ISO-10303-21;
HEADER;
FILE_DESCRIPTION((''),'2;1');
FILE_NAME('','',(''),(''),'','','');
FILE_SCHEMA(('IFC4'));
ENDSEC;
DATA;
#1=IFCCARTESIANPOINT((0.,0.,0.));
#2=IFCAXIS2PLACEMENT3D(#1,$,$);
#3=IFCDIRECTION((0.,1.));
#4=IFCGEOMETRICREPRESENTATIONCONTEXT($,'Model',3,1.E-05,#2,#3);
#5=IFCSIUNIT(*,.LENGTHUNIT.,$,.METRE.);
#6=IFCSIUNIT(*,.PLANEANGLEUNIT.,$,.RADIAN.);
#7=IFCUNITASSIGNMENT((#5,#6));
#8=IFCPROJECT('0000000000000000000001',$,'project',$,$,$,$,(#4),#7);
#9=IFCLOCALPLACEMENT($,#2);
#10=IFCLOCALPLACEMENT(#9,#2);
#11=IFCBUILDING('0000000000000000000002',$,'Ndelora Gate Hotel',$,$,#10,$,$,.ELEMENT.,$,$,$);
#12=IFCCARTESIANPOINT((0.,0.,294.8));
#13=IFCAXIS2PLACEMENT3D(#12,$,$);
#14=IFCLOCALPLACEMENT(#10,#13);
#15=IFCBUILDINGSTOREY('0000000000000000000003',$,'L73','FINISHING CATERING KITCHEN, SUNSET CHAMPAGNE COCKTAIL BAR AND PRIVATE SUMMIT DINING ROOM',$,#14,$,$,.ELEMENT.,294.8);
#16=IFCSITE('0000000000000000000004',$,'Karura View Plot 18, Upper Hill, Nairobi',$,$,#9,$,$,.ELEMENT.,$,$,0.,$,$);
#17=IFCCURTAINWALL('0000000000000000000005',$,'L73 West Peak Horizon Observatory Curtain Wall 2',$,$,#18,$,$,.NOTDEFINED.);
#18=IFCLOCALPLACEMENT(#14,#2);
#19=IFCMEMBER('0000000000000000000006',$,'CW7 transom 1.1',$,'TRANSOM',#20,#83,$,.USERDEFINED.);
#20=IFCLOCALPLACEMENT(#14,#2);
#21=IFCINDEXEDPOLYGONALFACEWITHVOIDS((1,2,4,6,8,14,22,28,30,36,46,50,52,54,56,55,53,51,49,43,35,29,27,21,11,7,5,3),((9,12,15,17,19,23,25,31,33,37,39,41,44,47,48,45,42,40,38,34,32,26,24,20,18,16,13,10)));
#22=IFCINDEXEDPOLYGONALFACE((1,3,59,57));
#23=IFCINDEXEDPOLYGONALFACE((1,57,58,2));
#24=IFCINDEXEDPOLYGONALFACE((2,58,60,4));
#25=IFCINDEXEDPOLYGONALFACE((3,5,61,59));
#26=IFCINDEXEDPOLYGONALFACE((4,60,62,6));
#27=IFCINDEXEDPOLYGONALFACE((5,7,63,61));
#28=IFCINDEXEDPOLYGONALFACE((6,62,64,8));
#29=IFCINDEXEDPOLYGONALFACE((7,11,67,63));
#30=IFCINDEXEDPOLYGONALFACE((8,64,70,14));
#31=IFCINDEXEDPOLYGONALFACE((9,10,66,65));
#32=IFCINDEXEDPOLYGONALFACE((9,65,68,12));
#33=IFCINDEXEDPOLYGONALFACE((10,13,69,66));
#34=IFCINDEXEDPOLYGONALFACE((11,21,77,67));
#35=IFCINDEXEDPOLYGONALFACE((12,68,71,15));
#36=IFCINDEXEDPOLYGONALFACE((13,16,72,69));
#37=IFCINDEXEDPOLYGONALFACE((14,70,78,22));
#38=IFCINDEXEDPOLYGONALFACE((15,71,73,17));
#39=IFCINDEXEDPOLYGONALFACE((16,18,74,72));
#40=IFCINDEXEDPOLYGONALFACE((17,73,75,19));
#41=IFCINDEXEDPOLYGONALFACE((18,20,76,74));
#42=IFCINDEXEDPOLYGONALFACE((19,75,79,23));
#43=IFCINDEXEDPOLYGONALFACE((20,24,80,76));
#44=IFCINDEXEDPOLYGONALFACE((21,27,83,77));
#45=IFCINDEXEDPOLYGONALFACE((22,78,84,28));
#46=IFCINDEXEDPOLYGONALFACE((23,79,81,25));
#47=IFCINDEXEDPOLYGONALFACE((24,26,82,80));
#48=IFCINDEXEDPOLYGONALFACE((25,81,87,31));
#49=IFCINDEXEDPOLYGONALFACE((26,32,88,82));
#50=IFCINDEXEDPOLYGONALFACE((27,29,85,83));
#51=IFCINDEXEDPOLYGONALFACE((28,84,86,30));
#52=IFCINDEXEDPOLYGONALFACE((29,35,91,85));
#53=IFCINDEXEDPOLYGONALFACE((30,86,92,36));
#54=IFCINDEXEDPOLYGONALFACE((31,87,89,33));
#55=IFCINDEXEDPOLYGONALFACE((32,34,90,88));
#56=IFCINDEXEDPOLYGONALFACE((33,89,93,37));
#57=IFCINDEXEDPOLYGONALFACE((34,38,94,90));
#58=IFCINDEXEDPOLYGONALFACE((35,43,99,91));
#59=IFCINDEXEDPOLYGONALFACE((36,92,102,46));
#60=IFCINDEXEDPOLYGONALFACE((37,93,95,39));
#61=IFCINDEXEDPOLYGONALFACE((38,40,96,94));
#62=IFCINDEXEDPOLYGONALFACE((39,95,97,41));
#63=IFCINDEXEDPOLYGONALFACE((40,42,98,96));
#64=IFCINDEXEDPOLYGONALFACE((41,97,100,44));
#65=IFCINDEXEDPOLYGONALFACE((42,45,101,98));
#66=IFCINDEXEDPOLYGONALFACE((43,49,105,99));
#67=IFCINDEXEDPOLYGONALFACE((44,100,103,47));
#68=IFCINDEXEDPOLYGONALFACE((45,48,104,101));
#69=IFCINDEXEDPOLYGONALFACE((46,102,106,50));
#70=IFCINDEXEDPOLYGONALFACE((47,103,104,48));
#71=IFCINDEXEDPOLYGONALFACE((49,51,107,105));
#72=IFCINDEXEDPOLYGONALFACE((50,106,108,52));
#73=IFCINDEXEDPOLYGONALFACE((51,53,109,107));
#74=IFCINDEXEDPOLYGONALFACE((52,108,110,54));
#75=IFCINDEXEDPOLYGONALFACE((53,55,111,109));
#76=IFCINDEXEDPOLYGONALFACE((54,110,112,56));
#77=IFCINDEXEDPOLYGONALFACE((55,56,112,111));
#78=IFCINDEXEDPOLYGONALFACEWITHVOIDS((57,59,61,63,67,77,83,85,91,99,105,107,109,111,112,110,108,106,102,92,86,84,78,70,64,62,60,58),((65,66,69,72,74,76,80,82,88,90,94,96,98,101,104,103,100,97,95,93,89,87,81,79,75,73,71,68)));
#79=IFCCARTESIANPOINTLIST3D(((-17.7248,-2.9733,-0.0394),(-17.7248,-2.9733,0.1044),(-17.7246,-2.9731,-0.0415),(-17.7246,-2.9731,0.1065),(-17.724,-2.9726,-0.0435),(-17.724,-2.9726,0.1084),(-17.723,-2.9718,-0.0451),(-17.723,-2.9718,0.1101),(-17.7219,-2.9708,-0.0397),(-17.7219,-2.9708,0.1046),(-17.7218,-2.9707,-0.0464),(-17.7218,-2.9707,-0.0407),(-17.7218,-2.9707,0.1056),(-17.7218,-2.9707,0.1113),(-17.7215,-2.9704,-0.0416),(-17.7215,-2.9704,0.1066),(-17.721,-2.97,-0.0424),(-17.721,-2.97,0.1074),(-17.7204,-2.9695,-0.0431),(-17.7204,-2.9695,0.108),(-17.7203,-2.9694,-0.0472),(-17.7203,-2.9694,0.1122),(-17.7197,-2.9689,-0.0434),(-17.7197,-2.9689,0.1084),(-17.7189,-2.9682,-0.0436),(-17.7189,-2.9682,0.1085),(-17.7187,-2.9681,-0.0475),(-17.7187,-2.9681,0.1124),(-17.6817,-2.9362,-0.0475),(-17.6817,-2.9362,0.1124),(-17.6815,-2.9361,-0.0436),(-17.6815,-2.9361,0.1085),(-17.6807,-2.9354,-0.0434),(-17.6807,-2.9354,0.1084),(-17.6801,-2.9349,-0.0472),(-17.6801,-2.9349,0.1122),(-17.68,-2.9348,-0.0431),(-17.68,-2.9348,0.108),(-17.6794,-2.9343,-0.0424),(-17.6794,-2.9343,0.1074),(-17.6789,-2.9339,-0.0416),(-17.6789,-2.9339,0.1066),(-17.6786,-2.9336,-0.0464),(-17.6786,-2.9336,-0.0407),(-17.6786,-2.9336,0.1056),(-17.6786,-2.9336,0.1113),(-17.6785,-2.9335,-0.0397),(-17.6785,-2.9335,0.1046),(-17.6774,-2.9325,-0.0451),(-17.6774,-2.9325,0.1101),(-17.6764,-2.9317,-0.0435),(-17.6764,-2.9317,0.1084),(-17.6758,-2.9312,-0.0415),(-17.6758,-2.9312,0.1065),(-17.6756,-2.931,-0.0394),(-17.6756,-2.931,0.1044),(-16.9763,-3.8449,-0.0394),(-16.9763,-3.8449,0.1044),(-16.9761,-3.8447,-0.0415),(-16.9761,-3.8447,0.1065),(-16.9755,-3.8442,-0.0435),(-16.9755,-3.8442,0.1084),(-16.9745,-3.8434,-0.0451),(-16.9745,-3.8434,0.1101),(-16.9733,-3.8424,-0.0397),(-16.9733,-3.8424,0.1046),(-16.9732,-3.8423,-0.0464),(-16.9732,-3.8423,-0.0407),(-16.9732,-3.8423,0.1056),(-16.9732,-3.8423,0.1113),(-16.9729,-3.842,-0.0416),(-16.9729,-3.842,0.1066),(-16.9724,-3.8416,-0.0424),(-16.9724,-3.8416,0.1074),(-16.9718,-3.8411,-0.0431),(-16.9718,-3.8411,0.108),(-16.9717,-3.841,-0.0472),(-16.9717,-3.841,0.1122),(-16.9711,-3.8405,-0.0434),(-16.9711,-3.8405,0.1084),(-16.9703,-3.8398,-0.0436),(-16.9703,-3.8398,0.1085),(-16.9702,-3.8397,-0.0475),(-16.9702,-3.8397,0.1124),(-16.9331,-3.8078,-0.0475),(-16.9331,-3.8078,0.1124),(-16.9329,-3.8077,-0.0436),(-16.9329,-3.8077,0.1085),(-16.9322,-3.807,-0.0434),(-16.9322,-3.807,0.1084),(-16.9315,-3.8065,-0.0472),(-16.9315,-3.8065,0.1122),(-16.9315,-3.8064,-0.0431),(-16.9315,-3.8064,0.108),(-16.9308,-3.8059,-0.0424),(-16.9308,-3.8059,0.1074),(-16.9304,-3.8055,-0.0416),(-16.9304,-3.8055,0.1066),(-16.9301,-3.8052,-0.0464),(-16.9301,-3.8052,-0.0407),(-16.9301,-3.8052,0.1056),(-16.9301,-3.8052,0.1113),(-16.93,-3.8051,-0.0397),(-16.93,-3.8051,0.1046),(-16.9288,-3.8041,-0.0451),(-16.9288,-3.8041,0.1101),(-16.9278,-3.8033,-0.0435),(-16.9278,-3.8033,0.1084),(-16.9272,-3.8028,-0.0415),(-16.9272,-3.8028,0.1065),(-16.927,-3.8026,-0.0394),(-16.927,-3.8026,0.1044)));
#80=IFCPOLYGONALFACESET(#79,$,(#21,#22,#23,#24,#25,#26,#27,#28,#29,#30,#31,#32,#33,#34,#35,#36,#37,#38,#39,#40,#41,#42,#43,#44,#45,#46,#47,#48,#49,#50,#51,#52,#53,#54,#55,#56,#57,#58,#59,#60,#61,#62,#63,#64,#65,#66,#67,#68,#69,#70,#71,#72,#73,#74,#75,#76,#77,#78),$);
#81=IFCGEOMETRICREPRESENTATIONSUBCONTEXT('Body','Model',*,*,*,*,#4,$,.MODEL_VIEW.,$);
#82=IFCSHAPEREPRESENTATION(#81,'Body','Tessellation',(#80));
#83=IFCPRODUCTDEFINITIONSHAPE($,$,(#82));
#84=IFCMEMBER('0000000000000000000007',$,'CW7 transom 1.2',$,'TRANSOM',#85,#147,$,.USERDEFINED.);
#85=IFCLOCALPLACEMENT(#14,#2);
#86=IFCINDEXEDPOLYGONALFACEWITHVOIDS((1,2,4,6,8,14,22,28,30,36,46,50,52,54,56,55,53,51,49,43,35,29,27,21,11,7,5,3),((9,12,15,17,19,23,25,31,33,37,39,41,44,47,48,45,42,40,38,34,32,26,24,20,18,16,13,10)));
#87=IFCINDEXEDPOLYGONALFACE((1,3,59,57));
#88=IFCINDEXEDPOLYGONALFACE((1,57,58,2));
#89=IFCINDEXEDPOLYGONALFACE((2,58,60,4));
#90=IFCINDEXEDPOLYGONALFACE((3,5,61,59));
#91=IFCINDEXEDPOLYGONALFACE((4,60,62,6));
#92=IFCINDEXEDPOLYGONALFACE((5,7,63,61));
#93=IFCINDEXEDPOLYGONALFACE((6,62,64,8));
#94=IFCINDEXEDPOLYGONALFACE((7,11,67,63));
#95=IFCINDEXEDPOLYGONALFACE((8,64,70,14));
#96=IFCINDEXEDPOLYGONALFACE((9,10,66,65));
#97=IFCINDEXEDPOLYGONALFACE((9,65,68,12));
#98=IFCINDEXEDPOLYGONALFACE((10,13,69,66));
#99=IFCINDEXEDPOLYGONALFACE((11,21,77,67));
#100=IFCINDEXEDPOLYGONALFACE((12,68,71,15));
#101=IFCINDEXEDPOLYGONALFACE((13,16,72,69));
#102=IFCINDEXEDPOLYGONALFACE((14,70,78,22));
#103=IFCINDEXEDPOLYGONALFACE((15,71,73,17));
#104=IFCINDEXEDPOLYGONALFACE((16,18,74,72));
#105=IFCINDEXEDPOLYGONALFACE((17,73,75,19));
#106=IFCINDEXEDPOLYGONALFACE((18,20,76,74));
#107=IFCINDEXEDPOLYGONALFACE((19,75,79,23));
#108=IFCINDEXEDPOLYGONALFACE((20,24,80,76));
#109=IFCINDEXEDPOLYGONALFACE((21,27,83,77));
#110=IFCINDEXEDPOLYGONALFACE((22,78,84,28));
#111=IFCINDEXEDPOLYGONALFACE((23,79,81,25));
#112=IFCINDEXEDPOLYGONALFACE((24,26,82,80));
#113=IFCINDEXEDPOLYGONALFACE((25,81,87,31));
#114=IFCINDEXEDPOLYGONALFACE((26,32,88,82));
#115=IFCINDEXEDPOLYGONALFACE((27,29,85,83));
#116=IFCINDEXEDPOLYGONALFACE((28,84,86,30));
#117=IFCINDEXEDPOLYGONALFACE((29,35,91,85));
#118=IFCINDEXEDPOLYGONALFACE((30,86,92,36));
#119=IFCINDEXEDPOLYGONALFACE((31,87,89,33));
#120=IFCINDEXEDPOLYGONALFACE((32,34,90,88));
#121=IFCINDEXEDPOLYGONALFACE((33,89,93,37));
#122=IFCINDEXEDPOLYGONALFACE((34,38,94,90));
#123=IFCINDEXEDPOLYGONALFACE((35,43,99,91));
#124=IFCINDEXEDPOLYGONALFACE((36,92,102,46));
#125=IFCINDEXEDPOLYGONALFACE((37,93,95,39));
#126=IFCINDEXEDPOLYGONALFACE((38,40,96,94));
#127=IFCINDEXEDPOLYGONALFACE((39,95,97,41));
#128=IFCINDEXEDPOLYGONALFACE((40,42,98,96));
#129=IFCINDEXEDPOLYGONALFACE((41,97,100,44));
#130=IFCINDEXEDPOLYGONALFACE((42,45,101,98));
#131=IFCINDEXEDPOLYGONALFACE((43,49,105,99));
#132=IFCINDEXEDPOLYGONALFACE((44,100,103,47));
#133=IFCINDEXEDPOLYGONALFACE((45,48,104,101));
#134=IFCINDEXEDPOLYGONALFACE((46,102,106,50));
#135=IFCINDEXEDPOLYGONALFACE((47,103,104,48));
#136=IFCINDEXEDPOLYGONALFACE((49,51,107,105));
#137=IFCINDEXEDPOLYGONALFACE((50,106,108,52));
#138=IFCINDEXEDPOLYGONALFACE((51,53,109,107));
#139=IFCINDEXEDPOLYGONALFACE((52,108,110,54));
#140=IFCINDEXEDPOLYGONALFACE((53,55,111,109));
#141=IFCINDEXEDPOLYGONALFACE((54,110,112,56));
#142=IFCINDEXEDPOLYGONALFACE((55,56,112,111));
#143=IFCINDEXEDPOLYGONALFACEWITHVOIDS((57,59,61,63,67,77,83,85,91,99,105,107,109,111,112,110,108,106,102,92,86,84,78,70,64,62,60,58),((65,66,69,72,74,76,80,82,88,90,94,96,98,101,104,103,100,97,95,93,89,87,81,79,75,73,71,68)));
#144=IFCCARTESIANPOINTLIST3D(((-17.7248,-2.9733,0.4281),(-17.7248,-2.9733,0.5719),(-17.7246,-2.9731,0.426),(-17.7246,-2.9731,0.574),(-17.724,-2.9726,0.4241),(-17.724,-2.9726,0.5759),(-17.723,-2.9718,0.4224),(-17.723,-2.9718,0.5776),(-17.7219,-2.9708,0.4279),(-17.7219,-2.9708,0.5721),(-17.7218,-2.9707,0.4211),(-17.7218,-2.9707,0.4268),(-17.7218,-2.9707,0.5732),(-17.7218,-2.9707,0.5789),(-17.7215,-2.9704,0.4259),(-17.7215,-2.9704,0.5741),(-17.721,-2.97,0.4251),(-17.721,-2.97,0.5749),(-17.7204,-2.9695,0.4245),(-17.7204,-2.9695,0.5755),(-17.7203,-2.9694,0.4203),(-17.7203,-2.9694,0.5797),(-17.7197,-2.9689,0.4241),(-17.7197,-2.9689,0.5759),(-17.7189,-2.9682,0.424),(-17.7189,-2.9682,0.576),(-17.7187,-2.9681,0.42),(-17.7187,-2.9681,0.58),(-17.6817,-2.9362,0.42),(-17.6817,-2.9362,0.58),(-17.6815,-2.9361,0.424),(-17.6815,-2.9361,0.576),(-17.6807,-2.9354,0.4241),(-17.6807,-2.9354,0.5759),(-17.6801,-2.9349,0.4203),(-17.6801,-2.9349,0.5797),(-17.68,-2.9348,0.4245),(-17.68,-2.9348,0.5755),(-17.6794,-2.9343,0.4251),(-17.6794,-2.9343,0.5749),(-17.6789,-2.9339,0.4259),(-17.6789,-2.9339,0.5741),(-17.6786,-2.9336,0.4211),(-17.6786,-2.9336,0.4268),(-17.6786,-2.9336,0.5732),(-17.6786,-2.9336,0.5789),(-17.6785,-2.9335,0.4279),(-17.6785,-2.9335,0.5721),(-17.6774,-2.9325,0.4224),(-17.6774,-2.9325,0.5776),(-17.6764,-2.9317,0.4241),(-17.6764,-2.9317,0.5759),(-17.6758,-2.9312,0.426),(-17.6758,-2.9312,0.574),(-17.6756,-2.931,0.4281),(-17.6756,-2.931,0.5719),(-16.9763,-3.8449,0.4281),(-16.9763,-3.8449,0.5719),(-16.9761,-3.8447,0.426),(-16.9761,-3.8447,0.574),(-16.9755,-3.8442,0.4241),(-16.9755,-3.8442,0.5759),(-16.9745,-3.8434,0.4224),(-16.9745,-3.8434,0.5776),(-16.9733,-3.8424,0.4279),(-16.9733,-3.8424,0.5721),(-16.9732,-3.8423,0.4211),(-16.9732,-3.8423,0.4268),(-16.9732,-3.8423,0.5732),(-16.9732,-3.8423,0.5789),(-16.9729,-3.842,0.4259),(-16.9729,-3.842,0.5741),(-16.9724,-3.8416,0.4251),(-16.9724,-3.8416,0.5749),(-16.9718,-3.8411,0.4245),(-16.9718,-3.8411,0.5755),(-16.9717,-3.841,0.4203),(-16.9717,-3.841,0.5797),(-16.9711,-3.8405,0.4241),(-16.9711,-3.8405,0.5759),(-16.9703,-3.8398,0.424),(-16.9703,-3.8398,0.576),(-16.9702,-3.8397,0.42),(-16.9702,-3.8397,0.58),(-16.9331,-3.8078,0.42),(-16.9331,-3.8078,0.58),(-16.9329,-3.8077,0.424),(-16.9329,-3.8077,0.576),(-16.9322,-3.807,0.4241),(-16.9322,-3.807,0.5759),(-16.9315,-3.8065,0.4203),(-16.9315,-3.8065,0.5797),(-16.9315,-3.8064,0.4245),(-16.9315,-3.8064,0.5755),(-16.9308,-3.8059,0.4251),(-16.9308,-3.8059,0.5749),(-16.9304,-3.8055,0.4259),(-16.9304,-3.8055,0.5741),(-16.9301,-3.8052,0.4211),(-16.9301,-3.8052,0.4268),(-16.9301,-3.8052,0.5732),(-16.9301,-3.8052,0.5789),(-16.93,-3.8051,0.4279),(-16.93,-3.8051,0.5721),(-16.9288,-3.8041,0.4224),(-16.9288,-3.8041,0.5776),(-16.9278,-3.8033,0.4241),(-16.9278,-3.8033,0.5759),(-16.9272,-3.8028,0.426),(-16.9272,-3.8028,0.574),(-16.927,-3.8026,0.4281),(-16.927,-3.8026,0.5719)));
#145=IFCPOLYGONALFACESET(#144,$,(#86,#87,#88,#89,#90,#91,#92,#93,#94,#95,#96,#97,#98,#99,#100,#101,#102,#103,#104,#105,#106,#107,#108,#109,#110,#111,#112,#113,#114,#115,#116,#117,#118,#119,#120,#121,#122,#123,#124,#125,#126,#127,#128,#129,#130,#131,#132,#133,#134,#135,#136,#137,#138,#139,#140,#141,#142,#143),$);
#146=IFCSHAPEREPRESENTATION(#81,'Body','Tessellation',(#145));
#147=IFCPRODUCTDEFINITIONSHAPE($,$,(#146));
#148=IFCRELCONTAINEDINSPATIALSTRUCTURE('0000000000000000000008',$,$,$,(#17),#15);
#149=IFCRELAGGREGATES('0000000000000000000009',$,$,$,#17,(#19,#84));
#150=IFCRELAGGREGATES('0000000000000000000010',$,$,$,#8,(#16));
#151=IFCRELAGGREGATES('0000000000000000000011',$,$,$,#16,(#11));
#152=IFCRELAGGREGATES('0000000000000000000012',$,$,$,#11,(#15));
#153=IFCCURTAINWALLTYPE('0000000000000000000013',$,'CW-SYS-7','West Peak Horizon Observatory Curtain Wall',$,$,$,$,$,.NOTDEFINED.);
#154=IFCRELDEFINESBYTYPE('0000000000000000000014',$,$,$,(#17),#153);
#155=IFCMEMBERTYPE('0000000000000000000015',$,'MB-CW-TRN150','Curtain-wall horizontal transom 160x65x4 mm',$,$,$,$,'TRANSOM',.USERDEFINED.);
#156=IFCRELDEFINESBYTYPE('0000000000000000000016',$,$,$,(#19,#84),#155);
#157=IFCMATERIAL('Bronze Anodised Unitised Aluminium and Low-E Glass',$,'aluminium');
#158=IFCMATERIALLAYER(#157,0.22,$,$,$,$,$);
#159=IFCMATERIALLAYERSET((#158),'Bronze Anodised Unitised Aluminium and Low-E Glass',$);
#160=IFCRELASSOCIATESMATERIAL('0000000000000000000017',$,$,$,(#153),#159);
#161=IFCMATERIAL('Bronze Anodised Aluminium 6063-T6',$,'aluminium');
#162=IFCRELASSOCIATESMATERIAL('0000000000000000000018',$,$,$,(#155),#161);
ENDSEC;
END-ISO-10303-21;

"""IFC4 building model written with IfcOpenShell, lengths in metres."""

from ifc_helpers import new_model, si_unit, direction, frame, origin, origin_2d, place, context, subcontext, project, spatial, hollow_rectangle, extrude, material, layer, layer_set, material_profile, profile_set, type_object, element, aggregate, save


model = new_model("IFC4")

# Units and contexts
model_context = context("Model", 3, precision=1e-05, world=origin(), true_north=direction((0.0, 1.0)))
body_context = subcontext(model_context, "Body", "Model", "MODEL_VIEW")
ifc_project = project(units=[si_unit("LENGTHUNIT", "METRE"), si_unit("PLANEANGLEUNIT", "RADIAN")], contexts=[model_context])

# Site, building, storey
site_placement = place(None, origin())
site = spatial("IfcSite", under=ifc_project, at=site_placement, Name="Karura View Plot 18, Upper Hill, Nairobi", CompositionType="ELEMENT", RefElevation=0.0)
building_placement = place(site_placement, origin())
building = spatial("IfcBuilding", under=site, at=building_placement, Name="Ndelora Gate Hotel", CompositionType="ELEMENT")
storey_placement = place(building_placement, frame((0.0, 0.0, 294.8)))
storey = spatial("IfcBuildingStorey", under=building, at=storey_placement, Name="L73", Description="FINISHING CATERING KITCHEN, SUNSET CHAMPAGNE COCKTAIL BAR AND PRIVATE SUMMIT DINING ROOM", CompositionType="ELEMENT", Elevation=294.8)

# Shared definitions
ifc_material_1 = material(Name="Bronze Anodised Unitised Aluminium and Low-E Glass", Category="aluminium")
ifc_layer_1 = layer(ifc_material_1, 0.22)
ifc_layer_set_1 = layer_set([ifc_layer_1], Name="Bronze Anodised Unitised Aluminium and Low-E Glass")
curtain_wall_type = type_object("IfcCurtainWallType", Name="CW-SYS-7", Description="West Peak Horizon Observatory Curtain Wall", PredefinedType="NOTDEFINED", material=ifc_layer_set_1)
ifc_material_2 = material(Name="Bronze Anodised Aluminium 6063-T6", Category="aluminium")

# Curtain wall
curtain_wall_1_placement = place(storey_placement, origin())
curtain_wall_1 = element("IfcCurtainWall", 1, at=curtain_wall_1_placement, inside=storey, type_object=curtain_wall_type, Name="L73 West Peak Horizon Observatory Curtain Wall 2", PredefinedType="NOTDEFINED")

# Members
ifc_material_profile_1 = material_profile(ifc_material_2, hollow_rectangle(XDim=0.0649, YDim=0.1599, WallThickness=0.0039, InnerFilletRadius=0.0039, OuterFilletRadius=0.0081, at=origin_2d()), Name="ALU 160x65x4")
ifc_profile_set_1 = profile_set([ifc_material_profile_1], Name="Bronze Anodised Aluminium 6063-T6")
member_type_1 = type_object("IfcMemberType", Name="MB-CW-TRN150", Description="Curtain-wall horizontal transom 160x65x4 mm", ElementType="TRANSOM", PredefinedType="USERDEFINED", material=ifc_profile_set_1)
member_1_placement = place(storey_placement, frame((-17.7002, -2.9521, 0.0325), z_axis=(0.651526, -0.758626, 0.0), x_axis=(0.758626, 0.651526, 0.0)))
member_1 = element("IfcMember", 2, at=member_1_placement, type_object=member_type_1, Name="CW7 transom 1.1", ObjectType="TRANSOM", PredefinedType="USERDEFINED", context=body_context, shape_type="SweptSolid", body=[
    extrude(hollow_rectangle(XDim=0.0649, YDim=0.1599, WallThickness=0.0039, InnerFilletRadius=0.0039, OuterFilletRadius=0.0081, at=origin_2d()), origin(), (0.0, 0.0, 1.0), 1.1489),
])
member_2_placement = place(storey_placement, frame((-17.7002, -2.9521, 0.5), z_axis=(0.651526, -0.758626, 0.0), x_axis=(0.758626, 0.651526, 0.0)))
member_2 = element("IfcMember", 3, at=member_2_placement, type_object=member_type_1, Name="CW7 transom 1.2", ObjectType="TRANSOM", PredefinedType="USERDEFINED", context=body_context, shape_type="SweptSolid", body=[
    extrude(hollow_rectangle(XDim=0.0649, YDim=0.1599, WallThickness=0.0039, InnerFilletRadius=0.0039, OuterFilletRadius=0.0081, at=origin_2d()), origin(), (0.0, 0.0, 1.0), 1.1489),
])
aggregate(curtain_wall_1, [member_1, member_2])

save(model, "model.ifc")
